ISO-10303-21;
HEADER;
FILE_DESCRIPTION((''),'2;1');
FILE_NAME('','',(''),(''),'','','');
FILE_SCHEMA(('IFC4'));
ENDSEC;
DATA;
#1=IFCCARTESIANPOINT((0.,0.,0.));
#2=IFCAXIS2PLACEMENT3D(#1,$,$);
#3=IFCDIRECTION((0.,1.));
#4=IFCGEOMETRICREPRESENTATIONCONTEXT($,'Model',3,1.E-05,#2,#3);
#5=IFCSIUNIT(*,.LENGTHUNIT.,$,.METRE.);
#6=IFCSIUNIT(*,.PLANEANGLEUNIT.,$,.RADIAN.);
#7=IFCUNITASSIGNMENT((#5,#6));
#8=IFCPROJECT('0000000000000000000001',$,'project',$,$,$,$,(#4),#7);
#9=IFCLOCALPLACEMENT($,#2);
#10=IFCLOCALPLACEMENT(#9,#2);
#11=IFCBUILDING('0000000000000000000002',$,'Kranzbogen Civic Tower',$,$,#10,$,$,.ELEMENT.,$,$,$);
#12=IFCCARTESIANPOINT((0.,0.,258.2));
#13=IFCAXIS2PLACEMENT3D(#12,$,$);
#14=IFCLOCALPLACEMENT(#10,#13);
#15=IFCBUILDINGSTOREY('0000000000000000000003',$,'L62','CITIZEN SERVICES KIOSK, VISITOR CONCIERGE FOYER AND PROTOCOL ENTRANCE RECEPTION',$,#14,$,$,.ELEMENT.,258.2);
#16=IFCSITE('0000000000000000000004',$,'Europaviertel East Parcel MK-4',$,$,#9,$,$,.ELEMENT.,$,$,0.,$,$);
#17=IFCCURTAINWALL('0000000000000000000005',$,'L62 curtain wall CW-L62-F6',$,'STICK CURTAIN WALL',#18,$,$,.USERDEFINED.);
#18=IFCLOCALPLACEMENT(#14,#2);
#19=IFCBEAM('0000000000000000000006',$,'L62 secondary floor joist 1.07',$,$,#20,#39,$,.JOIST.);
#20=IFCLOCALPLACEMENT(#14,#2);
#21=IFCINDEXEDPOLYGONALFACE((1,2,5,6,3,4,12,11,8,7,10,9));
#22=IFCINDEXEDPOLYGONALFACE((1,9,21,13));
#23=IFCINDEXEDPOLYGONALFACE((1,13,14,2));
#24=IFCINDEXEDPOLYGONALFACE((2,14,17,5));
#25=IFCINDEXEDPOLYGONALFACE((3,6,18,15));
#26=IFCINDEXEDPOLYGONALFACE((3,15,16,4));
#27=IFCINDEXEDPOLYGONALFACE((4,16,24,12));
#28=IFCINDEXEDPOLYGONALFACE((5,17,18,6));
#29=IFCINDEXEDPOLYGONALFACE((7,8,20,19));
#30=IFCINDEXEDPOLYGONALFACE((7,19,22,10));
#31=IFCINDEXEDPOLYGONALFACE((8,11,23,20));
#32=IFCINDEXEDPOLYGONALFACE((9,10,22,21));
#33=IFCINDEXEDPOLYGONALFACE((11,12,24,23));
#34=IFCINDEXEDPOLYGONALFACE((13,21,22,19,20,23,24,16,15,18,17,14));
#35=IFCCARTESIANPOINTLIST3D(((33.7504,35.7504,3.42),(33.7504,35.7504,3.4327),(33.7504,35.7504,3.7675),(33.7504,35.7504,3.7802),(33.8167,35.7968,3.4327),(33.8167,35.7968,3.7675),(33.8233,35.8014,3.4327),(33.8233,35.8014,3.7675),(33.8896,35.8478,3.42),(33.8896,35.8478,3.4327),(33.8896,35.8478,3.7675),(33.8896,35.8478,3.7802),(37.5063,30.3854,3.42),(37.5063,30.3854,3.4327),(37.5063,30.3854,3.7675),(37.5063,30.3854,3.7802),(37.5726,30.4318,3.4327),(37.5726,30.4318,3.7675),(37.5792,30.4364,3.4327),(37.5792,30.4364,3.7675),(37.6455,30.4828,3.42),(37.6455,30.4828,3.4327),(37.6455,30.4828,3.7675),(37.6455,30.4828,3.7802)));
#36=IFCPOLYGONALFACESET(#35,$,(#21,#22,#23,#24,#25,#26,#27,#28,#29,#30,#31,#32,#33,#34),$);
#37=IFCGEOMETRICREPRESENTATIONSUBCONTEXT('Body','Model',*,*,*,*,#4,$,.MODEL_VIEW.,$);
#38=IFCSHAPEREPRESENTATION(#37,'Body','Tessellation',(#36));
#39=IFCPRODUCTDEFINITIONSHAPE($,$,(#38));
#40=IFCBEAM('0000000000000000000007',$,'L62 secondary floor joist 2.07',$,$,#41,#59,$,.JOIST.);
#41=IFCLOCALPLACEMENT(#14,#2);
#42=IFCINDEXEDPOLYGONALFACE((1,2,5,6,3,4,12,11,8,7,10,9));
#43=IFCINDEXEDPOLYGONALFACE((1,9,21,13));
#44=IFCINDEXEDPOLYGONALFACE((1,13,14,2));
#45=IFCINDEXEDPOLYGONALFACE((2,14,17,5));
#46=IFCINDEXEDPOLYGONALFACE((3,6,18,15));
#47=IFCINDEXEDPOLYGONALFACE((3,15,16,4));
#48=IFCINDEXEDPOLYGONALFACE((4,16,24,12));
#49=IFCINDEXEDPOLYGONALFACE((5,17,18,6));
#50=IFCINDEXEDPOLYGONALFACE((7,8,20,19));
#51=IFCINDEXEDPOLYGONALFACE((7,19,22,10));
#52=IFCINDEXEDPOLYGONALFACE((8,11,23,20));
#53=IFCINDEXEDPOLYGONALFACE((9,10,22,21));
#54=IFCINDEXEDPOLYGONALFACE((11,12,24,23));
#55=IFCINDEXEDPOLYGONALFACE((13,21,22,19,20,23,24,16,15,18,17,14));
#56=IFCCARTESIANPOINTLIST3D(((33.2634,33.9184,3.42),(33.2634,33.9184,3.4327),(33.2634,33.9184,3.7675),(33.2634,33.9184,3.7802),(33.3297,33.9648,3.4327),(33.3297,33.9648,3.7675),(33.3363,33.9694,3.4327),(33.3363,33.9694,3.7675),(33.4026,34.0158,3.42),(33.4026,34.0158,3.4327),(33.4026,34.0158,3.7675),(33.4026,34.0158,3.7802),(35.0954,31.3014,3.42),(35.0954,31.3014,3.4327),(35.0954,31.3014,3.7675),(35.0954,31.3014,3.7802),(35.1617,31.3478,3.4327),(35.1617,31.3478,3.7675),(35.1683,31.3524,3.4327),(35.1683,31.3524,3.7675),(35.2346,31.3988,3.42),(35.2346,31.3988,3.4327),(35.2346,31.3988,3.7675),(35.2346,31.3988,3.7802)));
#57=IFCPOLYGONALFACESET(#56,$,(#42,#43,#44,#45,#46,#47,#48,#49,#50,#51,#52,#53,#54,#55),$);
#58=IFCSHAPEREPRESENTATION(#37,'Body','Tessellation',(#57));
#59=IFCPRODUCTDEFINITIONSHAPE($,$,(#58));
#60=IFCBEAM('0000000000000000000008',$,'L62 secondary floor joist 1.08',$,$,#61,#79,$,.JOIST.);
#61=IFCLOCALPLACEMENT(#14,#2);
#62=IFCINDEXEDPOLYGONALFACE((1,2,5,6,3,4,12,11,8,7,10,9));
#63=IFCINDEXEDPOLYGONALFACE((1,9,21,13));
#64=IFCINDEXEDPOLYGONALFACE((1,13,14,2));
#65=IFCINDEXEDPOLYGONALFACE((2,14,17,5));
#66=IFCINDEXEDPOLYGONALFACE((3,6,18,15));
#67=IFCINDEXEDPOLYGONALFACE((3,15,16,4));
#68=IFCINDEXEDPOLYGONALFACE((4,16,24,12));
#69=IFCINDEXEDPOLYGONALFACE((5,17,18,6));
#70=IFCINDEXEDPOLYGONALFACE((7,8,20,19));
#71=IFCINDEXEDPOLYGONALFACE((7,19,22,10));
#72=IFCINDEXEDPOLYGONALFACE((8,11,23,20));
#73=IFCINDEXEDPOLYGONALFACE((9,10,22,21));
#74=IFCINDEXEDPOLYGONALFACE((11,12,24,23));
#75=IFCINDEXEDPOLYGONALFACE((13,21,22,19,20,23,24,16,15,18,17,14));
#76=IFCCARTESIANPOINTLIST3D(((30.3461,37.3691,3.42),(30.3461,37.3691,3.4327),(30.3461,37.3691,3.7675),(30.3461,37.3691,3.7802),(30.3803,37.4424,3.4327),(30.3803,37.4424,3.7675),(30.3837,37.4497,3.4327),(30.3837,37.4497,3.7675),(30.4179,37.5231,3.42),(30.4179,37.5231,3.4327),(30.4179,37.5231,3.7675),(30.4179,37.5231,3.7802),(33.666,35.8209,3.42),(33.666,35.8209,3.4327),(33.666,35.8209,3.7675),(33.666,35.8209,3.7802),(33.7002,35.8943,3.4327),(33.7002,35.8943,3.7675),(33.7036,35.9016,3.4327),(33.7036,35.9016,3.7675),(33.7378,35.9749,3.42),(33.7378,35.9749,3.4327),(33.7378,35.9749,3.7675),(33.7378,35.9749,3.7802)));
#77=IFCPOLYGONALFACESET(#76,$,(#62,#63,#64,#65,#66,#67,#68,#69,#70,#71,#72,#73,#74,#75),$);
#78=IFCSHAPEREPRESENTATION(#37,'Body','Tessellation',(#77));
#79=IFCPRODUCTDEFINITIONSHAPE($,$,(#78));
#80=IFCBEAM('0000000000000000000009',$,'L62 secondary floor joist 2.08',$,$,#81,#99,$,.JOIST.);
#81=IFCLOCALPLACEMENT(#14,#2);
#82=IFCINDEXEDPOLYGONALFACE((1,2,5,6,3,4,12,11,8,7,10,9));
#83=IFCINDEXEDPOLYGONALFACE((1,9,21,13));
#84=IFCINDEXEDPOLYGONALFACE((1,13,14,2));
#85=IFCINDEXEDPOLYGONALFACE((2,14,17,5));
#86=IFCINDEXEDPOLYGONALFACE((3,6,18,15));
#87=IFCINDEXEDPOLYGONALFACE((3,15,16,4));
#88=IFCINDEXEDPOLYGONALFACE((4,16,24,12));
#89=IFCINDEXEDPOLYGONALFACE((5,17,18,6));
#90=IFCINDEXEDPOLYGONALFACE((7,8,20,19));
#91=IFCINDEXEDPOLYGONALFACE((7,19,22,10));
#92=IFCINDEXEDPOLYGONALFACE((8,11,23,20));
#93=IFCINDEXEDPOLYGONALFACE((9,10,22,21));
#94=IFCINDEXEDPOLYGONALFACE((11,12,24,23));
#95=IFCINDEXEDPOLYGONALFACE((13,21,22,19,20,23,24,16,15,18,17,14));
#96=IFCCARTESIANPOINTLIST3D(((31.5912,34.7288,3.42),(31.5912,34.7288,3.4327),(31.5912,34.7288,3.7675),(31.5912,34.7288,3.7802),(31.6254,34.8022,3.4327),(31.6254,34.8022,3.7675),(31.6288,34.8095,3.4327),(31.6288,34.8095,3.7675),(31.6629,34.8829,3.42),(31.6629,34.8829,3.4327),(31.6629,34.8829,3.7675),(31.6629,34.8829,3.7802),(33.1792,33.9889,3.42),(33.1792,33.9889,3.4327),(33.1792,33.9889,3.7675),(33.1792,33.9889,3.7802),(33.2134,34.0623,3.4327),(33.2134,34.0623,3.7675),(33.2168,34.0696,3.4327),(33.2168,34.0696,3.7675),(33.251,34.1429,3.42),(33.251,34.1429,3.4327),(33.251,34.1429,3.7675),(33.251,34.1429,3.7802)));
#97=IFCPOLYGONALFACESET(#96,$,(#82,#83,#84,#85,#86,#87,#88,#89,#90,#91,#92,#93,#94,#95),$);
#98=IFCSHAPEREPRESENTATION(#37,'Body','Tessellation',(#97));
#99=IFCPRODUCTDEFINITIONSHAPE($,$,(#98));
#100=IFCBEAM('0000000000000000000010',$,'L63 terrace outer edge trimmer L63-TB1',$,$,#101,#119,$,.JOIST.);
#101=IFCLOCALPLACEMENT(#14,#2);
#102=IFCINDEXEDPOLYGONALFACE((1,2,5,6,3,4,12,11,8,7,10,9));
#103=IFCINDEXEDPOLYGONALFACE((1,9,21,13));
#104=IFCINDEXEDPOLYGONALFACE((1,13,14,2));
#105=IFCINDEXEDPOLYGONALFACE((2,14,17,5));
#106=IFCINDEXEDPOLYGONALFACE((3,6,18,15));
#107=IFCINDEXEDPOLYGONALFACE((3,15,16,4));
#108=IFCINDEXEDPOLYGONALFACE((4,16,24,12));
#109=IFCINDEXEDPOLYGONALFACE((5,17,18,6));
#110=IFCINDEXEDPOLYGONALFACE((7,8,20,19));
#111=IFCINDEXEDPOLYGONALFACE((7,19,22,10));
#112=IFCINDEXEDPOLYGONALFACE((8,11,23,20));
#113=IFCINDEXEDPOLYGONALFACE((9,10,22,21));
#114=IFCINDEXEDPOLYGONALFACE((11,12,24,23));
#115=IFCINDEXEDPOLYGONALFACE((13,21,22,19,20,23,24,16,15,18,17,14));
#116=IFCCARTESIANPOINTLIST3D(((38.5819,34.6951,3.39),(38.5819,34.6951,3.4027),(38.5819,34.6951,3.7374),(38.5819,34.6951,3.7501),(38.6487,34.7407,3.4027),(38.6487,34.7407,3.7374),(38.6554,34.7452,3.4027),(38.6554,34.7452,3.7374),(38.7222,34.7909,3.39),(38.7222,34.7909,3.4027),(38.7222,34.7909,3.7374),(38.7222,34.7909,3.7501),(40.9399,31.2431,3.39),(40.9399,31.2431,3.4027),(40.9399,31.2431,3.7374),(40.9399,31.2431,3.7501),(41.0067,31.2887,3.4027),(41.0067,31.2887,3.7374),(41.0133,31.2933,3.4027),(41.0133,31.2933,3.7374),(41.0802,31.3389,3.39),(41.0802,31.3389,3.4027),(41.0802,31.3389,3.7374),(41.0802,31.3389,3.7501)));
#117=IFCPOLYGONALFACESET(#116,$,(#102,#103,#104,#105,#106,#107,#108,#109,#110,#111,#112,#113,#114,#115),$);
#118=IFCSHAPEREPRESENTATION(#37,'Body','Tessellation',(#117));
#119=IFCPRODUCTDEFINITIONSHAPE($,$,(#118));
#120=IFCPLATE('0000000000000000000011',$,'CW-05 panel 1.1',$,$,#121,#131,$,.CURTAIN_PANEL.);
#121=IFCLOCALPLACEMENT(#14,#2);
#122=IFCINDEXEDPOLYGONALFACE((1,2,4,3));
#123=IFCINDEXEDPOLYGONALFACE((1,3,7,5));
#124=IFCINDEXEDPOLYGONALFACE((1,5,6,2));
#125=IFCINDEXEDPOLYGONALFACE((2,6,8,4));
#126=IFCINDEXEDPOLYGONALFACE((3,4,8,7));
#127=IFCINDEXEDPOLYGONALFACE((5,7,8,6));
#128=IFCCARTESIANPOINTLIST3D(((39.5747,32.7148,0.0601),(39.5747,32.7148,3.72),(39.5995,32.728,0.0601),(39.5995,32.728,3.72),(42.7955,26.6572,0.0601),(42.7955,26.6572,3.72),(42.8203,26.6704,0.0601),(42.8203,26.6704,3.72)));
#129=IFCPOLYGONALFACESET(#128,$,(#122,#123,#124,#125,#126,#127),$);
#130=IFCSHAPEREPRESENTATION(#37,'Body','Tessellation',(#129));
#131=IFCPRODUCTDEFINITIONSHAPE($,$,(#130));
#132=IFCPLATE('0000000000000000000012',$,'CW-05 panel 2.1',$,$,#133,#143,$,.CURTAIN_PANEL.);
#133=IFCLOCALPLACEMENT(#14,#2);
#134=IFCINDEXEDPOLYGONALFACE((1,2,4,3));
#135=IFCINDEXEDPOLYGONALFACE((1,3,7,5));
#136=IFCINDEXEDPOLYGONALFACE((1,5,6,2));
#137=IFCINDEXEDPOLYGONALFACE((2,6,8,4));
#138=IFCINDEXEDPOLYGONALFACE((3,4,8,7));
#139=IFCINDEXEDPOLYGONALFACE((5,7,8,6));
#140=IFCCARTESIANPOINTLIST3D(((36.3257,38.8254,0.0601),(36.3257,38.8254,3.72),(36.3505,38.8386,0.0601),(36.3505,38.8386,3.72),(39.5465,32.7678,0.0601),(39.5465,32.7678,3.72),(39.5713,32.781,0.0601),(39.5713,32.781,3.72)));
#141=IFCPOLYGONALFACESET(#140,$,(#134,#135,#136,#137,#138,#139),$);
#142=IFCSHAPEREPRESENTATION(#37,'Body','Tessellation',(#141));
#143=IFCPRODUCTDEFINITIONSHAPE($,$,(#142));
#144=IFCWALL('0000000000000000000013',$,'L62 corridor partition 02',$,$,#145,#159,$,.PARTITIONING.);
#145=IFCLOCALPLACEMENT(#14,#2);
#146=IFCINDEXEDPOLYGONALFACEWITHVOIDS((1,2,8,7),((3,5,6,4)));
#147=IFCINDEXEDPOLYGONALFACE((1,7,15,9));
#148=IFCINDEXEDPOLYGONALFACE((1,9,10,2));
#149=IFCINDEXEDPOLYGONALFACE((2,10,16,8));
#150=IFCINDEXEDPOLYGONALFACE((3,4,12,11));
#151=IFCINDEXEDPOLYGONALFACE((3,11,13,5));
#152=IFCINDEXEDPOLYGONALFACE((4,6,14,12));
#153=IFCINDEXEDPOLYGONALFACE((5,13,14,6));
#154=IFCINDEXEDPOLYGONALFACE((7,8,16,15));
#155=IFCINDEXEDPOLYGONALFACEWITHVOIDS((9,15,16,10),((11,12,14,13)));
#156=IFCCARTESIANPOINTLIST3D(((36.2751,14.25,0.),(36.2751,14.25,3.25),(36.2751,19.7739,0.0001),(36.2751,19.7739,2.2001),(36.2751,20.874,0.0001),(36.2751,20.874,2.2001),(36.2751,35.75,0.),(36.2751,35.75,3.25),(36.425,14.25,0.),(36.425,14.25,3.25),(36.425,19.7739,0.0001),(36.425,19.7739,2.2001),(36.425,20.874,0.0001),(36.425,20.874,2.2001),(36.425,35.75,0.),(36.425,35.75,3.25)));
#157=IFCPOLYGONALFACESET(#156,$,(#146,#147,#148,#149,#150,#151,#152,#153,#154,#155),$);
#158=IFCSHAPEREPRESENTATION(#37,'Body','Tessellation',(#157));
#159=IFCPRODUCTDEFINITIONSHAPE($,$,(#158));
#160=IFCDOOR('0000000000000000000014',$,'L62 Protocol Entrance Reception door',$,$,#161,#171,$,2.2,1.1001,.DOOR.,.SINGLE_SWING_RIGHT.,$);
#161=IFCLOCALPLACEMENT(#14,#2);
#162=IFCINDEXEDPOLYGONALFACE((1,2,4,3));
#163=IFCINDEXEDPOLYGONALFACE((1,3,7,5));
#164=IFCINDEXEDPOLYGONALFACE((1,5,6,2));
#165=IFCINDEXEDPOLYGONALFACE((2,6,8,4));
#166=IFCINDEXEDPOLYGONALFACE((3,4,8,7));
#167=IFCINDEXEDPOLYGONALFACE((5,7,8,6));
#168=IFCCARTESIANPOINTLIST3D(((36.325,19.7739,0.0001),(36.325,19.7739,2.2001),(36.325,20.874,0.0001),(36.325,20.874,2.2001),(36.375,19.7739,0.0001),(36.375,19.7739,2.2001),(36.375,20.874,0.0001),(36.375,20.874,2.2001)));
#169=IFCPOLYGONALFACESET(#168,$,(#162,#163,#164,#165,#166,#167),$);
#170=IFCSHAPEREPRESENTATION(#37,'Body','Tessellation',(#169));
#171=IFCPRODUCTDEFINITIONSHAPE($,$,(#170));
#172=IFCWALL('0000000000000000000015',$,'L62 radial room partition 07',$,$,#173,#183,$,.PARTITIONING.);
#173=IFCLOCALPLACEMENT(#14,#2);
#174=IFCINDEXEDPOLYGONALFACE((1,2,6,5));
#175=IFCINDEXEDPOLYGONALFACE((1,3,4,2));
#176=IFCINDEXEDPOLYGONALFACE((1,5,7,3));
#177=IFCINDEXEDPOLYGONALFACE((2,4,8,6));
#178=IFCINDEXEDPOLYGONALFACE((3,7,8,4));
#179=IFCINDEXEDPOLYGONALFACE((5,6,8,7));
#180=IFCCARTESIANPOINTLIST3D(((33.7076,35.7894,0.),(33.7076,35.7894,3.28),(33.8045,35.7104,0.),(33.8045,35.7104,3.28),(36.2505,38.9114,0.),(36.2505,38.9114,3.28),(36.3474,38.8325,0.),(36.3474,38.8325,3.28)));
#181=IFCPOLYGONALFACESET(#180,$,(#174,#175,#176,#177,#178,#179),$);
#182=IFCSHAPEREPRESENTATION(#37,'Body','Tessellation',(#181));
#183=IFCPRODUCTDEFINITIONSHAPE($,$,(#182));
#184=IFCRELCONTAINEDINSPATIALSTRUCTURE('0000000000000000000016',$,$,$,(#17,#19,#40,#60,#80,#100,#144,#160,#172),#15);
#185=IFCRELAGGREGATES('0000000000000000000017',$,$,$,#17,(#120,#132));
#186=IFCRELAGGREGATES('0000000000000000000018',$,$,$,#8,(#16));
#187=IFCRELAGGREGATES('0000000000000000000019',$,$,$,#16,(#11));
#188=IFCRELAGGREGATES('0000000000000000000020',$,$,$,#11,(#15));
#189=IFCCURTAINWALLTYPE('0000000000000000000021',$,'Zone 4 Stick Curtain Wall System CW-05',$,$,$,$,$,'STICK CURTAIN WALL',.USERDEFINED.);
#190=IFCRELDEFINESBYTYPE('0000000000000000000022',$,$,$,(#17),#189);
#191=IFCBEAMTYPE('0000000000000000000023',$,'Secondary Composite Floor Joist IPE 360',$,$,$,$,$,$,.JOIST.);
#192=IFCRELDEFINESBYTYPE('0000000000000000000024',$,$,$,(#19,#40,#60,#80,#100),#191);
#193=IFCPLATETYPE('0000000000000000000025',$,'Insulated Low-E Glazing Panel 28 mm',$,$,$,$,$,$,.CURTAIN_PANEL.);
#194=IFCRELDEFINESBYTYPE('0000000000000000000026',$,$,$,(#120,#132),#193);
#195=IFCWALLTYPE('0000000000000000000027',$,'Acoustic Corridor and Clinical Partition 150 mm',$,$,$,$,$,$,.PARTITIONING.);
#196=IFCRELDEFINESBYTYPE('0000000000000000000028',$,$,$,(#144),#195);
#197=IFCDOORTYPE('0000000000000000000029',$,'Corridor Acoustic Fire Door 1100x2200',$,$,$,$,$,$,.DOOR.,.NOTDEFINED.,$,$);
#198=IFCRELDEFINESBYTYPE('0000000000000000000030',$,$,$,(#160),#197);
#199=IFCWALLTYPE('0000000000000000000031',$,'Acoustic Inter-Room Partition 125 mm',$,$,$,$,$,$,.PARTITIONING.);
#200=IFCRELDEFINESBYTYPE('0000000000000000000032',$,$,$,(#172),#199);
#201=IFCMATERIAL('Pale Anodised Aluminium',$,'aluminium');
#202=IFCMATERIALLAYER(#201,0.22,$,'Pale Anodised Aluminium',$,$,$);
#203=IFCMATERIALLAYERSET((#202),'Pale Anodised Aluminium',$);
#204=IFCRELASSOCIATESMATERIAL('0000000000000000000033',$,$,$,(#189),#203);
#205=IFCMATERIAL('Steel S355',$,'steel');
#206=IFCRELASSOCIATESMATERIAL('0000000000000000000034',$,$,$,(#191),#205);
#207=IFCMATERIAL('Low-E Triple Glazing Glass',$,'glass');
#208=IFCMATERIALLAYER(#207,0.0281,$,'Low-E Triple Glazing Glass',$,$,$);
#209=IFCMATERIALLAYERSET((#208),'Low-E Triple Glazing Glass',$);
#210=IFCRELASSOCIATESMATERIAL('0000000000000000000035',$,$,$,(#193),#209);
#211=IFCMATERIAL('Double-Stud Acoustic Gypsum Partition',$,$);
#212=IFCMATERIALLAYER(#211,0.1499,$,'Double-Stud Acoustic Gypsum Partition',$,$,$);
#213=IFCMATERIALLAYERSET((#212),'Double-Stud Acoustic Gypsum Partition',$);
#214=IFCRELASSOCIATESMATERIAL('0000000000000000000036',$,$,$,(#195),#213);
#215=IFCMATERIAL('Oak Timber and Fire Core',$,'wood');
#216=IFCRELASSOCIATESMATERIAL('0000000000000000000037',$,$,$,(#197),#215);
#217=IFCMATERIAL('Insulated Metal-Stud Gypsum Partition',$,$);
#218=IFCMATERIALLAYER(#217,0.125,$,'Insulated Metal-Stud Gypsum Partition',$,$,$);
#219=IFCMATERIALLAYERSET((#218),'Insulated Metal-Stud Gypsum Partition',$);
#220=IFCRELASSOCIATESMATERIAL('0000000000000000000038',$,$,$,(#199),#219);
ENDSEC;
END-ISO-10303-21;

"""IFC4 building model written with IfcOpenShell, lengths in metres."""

from ifc_helpers import new_model, si_unit, direction, frame, frame_2d, origin, origin_2d, place, context, subcontext, project, spatial, rectangle, i_section, extrude, material, layer, layer_set, material_profile, profile_set, type_object, element, fill, aggregate, save


model = new_model("IFC4")

# Units and contexts
model_context = context("Model", 3, precision=1e-05, world=origin(), true_north=direction((0.0, 1.0)))
body_context = subcontext(model_context, "Body", "Model", "MODEL_VIEW")
ifc_project = project(units=[si_unit("LENGTHUNIT", "METRE"), si_unit("PLANEANGLEUNIT", "RADIAN")], contexts=[model_context])

# Site, building, storey
site_placement = place(None, origin())
site = spatial("IfcSite", under=ifc_project, at=site_placement, Name="Europaviertel East Parcel MK-4", CompositionType="ELEMENT", RefElevation=0.0)
building_placement = place(site_placement, origin())
building = spatial("IfcBuilding", under=site, at=building_placement, Name="Kranzbogen Civic Tower", CompositionType="ELEMENT")
storey_placement = place(building_placement, frame((0.0, 0.0, 258.2)))
storey = spatial("IfcBuildingStorey", under=building, at=storey_placement, Name="L62", Description="CITIZEN SERVICES KIOSK, VISITOR CONCIERGE FOYER AND PROTOCOL ENTRANCE RECEPTION", CompositionType="ELEMENT", Elevation=258.2)

# Shared definitions
ifc_material_1 = material(Name="Steel S355", Category="steel")

# Shared definitions
ifc_material_2 = material(Name="Pale Anodised Aluminium", Category="aluminium")
ifc_layer_1 = layer(ifc_material_2, 0.22, Name="Pale Anodised Aluminium")
ifc_layer_set_1 = layer_set([ifc_layer_1], Name="Pale Anodised Aluminium")
curtain_wall_type = type_object("IfcCurtainWallType", Name="Zone 4 Stick Curtain Wall System CW-05", ElementType="STICK CURTAIN WALL", PredefinedType="USERDEFINED", material=ifc_layer_set_1)

# Curtain wall
curtain_wall_1_placement = place(storey_placement, origin())
curtain_wall_1 = element("IfcCurtainWall", 1, at=curtain_wall_1_placement, inside=storey, type_object=curtain_wall_type, Name="L62 curtain wall CW-L62-F6", ObjectType="STICK CURTAIN WALL", PredefinedType="USERDEFINED")

# Beams
ifc_material_profile_1 = material_profile(ifc_material_1, i_section(OverallWidth=0.1699, OverallDepth=0.3601, WebThickness=0.0081, FlangeThickness=0.0127, at=origin_2d()), Name="IPE 360")
ifc_profile_set_1 = profile_set([ifc_material_profile_1], Name="Steel S355")
beam_type_1 = type_object("IfcBeamType", Name="Secondary Composite Floor Joist IPE 360", PredefinedType="JOIST", material=ifc_profile_set_1)
beam_1_placement = place(storey_placement, frame((37.5759, 30.4341, 3.6001), z_axis=(-0.5735, 0.819206, 0.0), x_axis=(-0.819206, -0.5735, 0.0)))
element("IfcBeam", 2, at=beam_1_placement, inside=storey, type_object=beam_type_1, Name="L62 secondary floor joist 1.07", PredefinedType="JOIST", context=body_context, shape_type="SweptSolid", body=[
    extrude(i_section(OverallWidth=0.1699, OverallDepth=0.3601, WebThickness=0.0081, FlangeThickness=0.0127, at=origin_2d()), origin(), (0.0, 0.0, 1.0), 6.5491),
])
beam_2_placement = place(storey_placement, frame((35.165, 31.3501, 3.6001), z_axis=(-0.573498, 0.819207, 0.0), x_axis=(-0.819207, -0.573498, 0.0)))
element("IfcBeam", 3, at=beam_2_placement, inside=storey, type_object=beam_type_1, Name="L62 secondary floor joist 2.07", PredefinedType="JOIST", context=body_context, shape_type="SweptSolid", body=[
    extrude(i_section(OverallWidth=0.1699, OverallDepth=0.3601, WebThickness=0.0081, FlangeThickness=0.0127, at=origin_2d()), origin(), (0.0, 0.0, 1.0), 3.1946),
])
beam_3_placement = place(storey_placement, frame((33.7019, 35.8979, 3.6001), z_axis=(-0.906304, 0.422626, 0.0), x_axis=(-0.422626, -0.906304, 0.0)))
element("IfcBeam", 4, at=beam_3_placement, inside=storey, type_object=beam_type_1, Name="L62 secondary floor joist 1.08", PredefinedType="JOIST", context=body_context, shape_type="SweptSolid", body=[
    extrude(i_section(OverallWidth=0.1699, OverallDepth=0.3601, WebThickness=0.0081, FlangeThickness=0.0127, at=origin_2d()), origin(), (0.0, 0.0, 1.0), 3.6631),
])
beam_4_placement = place(storey_placement, frame((33.2151, 34.0659, 3.6001), z_axis=(-0.906432, 0.422351, 0.0), x_axis=(-0.422351, -0.906432, 0.0)))
element("IfcBeam", 5, at=beam_4_placement, inside=storey, type_object=beam_type_1, Name="L62 secondary floor joist 2.08", PredefinedType="JOIST", context=body_context, shape_type="SweptSolid", body=[
    extrude(i_section(OverallWidth=0.1699, OverallDepth=0.3601, WebThickness=0.0081, FlangeThickness=0.0127, at=origin_2d()), origin(), (0.0, 0.0, 1.0), 1.752),
])
beam_5_placement = place(storey_placement, frame((41.01, 31.291, 3.5701), z_axis=(-0.564045, 0.825744, 0.0), x_axis=(-0.825744, -0.564045, 0.0)))
element("IfcBeam", 6, at=beam_5_placement, inside=storey, type_object=beam_type_1, Name="L63 terrace outer edge trimmer L63-TB1", PredefinedType="JOIST", context=body_context, shape_type="SweptSolid", body=[
    extrude(i_section(OverallWidth=0.1699, OverallDepth=0.3601, WebThickness=0.0081, FlangeThickness=0.0127, at=origin_2d()), origin(), (0.0, 0.0, 1.0), 4.1804),
])

# Plates
ifc_material_3 = material(Name="Low-E Triple Glazing Glass", Category="glass")
ifc_layer_2 = layer(ifc_material_3, 0.0281, Name="Low-E Triple Glazing Glass")
ifc_layer_set_2 = layer_set([ifc_layer_2], Name="Low-E Triple Glazing Glass")
plate_type = type_object("IfcPlateType", Name="Insulated Low-E Glazing Panel 28 mm", PredefinedType="CURTAIN_PANEL", material=ifc_layer_set_2)
plate_1_placement = place(storey_placement, frame((41.1975, 29.6926, 0.0601), z_axis=(0.0, 0.0, 1.0), x_axis=(-0.46946, 0.882954, 0.0)))
plate_1 = element("IfcPlate", 7, at=plate_1_placement, type_object=plate_type, Name="CW-05 panel 1.1", PredefinedType="CURTAIN_PANEL", context=body_context, shape_type="SweptSolid", body=[
    extrude(rectangle(XDim=6.8606, YDim=0.0281, at=origin_2d()), origin(), (0.0, 0.0, 1.0), 3.6599),
])
plate_2_placement = place(storey_placement, frame((37.9485, 35.8032, 0.0601), z_axis=(0.0, 0.0, 1.0), x_axis=(-0.46946, 0.882954, 0.0)))
plate_2 = element("IfcPlate", 8, at=plate_2_placement, type_object=plate_type, Name="CW-05 panel 2.1", PredefinedType="CURTAIN_PANEL", context=body_context, shape_type="SweptSolid", body=[
    extrude(rectangle(XDim=6.8606, YDim=0.0281, at=origin_2d()), origin(), (0.0, 0.0, 1.0), 3.6599),
])
aggregate(curtain_wall_1, [plate_1, plate_2])

# Wall, opening, door
ifc_material_4 = material(Name="Double-Stud Acoustic Gypsum Partition")
ifc_layer_3 = layer(ifc_material_4, 0.1499, Name="Double-Stud Acoustic Gypsum Partition")
ifc_layer_set_3 = layer_set([ifc_layer_3], Name="Double-Stud Acoustic Gypsum Partition")
wall_type_1 = type_object("IfcWallType", Name="Acoustic Corridor and Clinical Partition 150 mm", PredefinedType="PARTITIONING", material=ifc_layer_set_3)
wall_1_placement = place(storey_placement, frame((36.3501, 35.75, 0.0), z_axis=(0.0, 0.0, 1.0), x_axis=(0.0, -1.0, 0.0)))
wall_1 = element("IfcWall", 9, at=wall_1_placement, inside=storey, type_object=wall_type_1, Name="L62 corridor partition 02", PredefinedType="PARTITIONING", context=body_context, shape_type="SweptSolid", body=[
    extrude(rectangle(XDim=21.5, YDim=0.1499, at=frame_2d((10.75, 0.0))), origin(), (0.0, 0.0, 1.0), 3.25),
])
opening_1_placement = place(wall_1_placement, frame((14.876, 0.0, 0.0)))
opening_1 = element("IfcOpeningElement", 10, at=opening_1_placement, cuts=wall_1, PredefinedType="OPENING", context=body_context, shape_type="SweptSolid", body=[
    extrude(rectangle(XDim=1.1001, YDim=2.2, at=frame_2d((0.55, 1.1001))), frame((0.0, 0.085, 0.0), z_axis=(0.0, -1.0, 0.0), x_axis=(1.0, 0.0, 0.0)), (0.0, 0.0, 1.0), 0.1699),
])
ifc_material_5 = material(Name="Oak Timber and Fire Core", Category="wood")
door_type_1 = type_object("IfcDoorType", Name="Corridor Acoustic Fire Door 1100x2200", OperationType="NOTDEFINED", PredefinedType="DOOR", material=ifc_material_5)
door_1_placement = place(opening_1_placement, origin())
door_1 = element("IfcDoor", 11, at=door_1_placement, inside=storey, type_object=door_type_1, Name="L62 Protocol Entrance Reception door", OperationType="SINGLE_SWING_RIGHT", OverallHeight=2.2, OverallWidth=1.1001, PredefinedType="DOOR", context=body_context, shape_type="SweptSolid", body=[
    extrude(rectangle(XDim=1.1001, YDim=2.2, at=frame_2d((0.55, 1.1001))), frame((0.0, 0.0249, 0.0), z_axis=(0.0, -1.0, 0.0), x_axis=(1.0, 0.0, 0.0)), (0.0, 0.0, 1.0), 0.05),
])
fill(opening_1, door_1)

# Wall
ifc_material_6 = material(Name="Insulated Metal-Stud Gypsum Partition")
ifc_layer_4 = layer(ifc_material_6, 0.125, Name="Insulated Metal-Stud Gypsum Partition")
ifc_layer_set_4 = layer_set([ifc_layer_4], Name="Insulated Metal-Stud Gypsum Partition")
wall_type_2 = type_object("IfcWallType", Name="Acoustic Inter-Room Partition 125 mm", PredefinedType="PARTITIONING", material=ifc_layer_set_4)
wall_2_placement = place(storey_placement, frame((33.7561, 35.75, 0.0), z_axis=(0.0, 0.0, 1.0), x_axis=(0.631533, 0.775349, 0.0)))
element("IfcWall", 12, at=wall_2_placement, inside=storey, type_object=wall_type_2, Name="L62 radial room partition 07", PredefinedType="PARTITIONING", context=body_context, shape_type="SweptSolid", body=[
    extrude(rectangle(XDim=4.0266, YDim=0.125, at=frame_2d((2.0132, 0.0))), origin(), (0.0, 0.0, 1.0), 3.28),
])

save(model, "model.ifc")
